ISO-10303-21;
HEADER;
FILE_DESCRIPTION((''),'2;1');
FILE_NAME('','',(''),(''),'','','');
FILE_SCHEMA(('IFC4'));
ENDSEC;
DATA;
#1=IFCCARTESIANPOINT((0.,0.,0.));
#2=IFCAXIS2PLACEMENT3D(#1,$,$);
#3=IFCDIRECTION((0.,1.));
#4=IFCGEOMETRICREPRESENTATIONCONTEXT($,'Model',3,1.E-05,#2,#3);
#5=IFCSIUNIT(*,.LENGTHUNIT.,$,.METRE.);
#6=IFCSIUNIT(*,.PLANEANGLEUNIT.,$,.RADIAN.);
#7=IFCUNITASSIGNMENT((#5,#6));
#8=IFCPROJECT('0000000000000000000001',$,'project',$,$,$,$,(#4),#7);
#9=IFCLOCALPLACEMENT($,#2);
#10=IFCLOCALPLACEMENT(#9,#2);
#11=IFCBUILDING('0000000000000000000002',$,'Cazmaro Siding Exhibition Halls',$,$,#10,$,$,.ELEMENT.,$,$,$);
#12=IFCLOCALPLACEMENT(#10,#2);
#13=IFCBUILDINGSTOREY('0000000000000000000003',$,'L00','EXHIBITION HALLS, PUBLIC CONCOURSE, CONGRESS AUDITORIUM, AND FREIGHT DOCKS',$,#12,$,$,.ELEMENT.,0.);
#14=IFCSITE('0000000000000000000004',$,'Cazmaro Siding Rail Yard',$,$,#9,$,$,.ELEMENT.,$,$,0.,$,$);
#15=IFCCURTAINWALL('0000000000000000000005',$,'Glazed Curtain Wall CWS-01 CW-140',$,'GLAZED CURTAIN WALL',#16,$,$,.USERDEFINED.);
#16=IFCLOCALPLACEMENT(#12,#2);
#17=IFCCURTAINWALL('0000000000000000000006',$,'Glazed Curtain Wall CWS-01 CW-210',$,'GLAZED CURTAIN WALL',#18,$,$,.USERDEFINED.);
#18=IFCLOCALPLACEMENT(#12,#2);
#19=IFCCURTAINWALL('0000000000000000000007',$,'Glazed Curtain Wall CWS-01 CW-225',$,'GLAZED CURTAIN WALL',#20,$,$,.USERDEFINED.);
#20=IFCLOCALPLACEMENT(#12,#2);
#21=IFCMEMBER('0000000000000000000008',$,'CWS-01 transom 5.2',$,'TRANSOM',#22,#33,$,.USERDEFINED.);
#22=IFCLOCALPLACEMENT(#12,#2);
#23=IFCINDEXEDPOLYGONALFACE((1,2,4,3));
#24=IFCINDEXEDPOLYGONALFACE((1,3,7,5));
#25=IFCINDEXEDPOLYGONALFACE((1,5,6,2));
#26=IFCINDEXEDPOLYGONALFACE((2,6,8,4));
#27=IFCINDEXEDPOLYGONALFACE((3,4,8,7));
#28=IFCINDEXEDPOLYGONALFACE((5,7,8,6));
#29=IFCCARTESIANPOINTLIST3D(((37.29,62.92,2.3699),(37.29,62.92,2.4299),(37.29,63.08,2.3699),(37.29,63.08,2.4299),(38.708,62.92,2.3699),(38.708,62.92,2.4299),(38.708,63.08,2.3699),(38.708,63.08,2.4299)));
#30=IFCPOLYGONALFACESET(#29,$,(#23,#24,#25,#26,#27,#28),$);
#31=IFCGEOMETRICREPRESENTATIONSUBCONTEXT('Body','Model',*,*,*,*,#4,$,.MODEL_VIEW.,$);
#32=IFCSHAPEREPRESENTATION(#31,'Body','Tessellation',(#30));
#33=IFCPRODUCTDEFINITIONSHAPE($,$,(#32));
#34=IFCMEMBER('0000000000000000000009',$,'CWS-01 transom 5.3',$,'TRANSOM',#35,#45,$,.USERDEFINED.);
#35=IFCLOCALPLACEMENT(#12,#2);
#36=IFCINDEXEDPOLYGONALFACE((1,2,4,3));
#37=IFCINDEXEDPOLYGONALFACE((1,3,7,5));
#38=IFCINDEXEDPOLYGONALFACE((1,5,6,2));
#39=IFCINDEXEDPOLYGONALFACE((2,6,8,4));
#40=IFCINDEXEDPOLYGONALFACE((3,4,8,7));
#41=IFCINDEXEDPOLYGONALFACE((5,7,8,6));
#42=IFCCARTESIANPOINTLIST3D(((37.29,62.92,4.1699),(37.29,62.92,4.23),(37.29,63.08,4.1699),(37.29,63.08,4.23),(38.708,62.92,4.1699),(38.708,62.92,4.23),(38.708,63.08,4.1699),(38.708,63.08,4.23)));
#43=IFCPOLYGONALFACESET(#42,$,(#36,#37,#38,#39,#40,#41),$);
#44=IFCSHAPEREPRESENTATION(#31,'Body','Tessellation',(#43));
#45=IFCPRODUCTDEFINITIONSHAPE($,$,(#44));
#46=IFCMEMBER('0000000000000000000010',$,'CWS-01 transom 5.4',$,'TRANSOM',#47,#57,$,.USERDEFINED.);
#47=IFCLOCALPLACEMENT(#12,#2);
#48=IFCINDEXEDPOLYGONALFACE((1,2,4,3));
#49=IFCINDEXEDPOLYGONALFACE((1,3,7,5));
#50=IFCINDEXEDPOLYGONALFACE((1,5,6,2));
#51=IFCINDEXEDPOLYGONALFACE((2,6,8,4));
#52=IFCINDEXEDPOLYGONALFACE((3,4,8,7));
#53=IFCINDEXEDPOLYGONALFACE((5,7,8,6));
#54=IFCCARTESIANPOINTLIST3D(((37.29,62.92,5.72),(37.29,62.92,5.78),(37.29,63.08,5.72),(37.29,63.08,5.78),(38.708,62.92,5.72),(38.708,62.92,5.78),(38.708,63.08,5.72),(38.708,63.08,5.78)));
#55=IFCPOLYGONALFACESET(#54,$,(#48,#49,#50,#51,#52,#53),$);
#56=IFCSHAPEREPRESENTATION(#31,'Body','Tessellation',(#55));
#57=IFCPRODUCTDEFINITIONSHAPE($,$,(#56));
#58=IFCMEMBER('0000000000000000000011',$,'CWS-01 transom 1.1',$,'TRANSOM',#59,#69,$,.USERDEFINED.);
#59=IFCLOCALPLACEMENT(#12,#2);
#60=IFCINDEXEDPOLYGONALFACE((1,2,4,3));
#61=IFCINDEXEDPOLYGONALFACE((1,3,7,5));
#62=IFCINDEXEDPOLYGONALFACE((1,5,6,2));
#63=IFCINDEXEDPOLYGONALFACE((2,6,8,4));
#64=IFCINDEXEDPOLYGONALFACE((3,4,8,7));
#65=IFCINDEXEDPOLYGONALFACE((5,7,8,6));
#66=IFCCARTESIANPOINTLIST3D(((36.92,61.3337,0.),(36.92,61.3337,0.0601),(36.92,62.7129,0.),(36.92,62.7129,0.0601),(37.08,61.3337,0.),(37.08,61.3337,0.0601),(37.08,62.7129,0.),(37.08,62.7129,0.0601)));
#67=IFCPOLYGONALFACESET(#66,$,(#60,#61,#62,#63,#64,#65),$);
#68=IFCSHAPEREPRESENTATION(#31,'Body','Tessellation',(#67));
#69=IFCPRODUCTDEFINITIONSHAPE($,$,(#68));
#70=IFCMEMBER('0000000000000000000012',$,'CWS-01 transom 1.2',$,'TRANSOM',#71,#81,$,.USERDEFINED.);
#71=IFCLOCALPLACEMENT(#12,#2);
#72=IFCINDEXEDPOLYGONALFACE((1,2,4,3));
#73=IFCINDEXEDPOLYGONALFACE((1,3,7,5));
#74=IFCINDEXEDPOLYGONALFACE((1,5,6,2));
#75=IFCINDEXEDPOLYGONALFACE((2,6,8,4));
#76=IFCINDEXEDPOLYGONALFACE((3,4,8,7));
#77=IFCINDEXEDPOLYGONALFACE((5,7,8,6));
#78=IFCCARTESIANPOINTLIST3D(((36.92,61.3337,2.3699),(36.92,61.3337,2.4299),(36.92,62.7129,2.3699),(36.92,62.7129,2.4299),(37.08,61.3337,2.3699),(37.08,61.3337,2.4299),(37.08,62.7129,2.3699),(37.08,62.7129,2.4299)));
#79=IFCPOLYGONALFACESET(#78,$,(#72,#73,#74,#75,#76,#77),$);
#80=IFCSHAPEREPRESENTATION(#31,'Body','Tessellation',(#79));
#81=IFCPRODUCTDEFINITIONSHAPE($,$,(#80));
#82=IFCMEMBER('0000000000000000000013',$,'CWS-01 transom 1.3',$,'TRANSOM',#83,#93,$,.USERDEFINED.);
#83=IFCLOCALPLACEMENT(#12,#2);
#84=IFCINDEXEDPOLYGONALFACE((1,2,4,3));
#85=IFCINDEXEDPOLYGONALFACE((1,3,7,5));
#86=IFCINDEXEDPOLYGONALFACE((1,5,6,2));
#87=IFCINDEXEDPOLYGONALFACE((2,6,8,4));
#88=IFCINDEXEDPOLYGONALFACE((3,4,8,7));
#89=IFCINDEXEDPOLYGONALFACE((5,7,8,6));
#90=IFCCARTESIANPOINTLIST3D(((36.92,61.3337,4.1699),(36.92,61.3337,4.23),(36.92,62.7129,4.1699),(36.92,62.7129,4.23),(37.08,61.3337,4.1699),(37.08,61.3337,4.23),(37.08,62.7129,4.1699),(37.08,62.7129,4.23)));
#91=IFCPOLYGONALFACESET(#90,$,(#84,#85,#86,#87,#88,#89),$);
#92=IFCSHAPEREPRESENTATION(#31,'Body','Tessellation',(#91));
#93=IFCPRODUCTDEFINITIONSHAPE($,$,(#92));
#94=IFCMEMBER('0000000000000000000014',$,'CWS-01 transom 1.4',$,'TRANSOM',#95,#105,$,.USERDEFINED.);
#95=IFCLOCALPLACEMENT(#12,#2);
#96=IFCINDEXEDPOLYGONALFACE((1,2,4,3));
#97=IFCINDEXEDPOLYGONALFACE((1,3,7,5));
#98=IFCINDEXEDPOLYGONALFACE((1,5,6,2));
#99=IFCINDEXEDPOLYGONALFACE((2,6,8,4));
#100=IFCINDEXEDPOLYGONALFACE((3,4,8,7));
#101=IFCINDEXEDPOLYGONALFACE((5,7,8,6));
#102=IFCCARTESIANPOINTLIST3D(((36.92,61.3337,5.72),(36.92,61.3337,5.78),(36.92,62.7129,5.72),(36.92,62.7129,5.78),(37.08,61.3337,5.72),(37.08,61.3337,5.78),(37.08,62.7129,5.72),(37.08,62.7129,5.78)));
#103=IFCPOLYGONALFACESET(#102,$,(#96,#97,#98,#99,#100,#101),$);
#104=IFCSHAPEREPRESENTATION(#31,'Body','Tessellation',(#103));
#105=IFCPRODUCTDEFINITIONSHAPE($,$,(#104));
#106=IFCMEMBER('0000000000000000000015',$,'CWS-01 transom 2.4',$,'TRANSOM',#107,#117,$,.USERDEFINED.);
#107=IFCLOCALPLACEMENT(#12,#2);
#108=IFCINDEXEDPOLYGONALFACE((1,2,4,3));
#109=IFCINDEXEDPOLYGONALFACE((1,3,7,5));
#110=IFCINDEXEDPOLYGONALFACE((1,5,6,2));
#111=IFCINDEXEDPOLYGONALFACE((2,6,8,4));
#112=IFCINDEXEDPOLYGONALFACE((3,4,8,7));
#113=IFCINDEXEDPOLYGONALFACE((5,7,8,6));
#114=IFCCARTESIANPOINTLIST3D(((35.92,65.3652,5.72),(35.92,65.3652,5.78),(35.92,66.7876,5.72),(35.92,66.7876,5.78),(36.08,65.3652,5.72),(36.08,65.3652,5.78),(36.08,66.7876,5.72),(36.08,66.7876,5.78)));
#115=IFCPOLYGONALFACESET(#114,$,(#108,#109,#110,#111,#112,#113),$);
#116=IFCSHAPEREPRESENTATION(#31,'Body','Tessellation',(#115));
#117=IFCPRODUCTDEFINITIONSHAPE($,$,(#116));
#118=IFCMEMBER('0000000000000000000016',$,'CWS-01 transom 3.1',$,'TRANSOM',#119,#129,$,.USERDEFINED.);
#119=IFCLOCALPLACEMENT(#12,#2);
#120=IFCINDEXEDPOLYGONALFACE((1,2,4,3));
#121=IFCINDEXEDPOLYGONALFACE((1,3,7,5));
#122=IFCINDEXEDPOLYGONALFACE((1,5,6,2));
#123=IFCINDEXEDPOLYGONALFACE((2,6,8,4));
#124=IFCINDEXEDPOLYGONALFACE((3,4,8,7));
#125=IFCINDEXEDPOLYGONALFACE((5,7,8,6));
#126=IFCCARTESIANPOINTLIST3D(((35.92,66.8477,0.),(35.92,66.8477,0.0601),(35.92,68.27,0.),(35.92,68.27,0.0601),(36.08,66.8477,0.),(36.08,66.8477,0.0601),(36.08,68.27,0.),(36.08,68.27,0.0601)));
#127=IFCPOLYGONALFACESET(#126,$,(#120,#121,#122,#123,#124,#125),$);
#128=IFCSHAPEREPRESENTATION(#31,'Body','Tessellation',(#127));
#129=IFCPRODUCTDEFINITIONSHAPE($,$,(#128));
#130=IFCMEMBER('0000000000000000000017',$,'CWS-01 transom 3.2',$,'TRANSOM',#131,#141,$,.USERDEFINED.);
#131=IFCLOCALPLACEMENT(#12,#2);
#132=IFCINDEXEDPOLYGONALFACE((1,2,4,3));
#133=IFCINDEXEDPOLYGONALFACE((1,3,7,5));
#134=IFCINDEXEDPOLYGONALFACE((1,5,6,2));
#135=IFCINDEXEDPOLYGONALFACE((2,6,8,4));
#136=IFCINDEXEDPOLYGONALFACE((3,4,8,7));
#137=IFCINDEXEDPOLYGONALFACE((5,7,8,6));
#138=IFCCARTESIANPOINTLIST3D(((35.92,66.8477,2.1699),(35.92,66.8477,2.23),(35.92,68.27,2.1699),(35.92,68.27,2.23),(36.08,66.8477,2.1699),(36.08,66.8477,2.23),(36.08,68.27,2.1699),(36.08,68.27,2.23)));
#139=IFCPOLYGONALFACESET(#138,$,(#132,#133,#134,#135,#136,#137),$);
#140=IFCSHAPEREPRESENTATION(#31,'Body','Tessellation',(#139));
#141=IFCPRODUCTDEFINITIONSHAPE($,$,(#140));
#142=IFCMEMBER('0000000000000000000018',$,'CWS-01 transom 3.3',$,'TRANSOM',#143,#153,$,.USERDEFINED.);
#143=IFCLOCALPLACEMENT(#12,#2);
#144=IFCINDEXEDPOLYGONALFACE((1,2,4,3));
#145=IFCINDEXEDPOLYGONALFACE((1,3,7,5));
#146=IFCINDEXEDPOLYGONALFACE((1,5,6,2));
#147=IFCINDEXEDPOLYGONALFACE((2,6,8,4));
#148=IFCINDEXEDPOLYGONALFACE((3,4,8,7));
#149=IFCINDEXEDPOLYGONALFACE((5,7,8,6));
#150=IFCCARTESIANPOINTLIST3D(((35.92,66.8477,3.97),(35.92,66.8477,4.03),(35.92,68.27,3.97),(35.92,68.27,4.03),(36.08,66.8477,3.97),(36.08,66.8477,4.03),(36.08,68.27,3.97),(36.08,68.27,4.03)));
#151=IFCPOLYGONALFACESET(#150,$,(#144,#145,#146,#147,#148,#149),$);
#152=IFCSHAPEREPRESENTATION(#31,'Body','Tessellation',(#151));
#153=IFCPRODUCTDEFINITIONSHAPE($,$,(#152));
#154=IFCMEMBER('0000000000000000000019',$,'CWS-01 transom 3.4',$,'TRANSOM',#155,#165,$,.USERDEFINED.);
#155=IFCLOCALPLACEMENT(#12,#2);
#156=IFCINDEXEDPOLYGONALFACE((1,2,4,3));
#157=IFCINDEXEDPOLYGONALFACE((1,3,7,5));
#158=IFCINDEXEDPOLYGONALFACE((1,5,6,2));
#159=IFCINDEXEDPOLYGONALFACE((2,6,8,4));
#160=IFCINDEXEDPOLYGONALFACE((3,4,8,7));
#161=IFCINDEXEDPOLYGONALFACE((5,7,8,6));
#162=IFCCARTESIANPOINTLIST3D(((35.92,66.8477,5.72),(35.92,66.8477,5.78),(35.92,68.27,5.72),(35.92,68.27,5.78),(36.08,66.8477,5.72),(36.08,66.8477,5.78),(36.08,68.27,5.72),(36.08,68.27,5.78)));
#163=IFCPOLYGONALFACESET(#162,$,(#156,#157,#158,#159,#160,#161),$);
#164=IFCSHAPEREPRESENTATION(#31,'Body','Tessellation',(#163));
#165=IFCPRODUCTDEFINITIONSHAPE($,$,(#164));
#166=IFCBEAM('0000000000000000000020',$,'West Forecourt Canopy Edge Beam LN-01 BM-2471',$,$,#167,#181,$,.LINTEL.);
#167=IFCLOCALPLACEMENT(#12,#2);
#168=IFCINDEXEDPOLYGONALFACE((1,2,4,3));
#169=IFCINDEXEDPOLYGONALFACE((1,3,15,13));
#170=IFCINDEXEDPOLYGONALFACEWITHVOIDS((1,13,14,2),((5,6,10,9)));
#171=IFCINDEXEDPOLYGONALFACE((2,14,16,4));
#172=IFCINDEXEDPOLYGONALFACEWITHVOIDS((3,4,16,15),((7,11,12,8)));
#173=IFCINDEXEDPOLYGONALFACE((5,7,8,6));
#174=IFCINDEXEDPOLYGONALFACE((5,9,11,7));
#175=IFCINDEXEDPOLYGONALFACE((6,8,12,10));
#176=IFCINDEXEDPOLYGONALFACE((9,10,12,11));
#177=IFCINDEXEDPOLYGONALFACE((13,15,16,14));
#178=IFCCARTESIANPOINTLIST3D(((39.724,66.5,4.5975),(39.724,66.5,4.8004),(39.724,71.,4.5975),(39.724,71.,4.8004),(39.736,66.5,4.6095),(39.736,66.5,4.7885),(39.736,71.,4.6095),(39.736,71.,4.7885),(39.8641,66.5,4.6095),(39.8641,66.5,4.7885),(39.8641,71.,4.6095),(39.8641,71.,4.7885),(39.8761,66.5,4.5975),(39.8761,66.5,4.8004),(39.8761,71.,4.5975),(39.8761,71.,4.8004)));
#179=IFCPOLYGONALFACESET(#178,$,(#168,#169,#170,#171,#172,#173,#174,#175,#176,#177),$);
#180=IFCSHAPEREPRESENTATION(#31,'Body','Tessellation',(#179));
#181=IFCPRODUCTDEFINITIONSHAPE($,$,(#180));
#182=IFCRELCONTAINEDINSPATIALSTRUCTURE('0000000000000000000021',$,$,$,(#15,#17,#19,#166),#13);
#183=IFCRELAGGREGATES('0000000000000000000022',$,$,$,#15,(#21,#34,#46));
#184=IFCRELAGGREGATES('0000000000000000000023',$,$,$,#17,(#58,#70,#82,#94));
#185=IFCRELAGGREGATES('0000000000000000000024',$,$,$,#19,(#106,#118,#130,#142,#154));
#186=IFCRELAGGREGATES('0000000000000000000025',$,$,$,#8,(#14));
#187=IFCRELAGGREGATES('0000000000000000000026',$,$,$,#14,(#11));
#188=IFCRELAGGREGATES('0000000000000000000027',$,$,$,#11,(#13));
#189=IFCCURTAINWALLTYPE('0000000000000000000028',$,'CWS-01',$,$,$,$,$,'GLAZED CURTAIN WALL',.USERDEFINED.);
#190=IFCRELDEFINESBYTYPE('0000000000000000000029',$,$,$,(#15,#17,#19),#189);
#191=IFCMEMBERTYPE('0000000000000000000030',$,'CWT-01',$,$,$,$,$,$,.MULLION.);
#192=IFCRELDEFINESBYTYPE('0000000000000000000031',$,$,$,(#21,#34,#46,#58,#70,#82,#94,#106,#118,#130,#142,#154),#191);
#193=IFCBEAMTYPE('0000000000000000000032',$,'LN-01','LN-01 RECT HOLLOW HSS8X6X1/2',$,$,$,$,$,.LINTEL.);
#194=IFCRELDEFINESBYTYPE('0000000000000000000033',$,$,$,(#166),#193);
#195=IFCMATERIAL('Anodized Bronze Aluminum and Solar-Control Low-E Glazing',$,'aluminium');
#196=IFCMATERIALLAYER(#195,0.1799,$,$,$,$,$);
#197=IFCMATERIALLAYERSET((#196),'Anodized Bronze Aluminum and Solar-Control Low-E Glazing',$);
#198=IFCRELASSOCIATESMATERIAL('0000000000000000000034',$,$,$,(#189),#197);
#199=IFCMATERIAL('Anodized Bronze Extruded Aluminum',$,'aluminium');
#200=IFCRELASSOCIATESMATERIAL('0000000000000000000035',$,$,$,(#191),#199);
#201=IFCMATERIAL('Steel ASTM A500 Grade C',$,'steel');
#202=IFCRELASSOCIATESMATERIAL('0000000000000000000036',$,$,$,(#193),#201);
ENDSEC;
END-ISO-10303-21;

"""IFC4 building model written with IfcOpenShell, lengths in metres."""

from ifc_helpers import new_model, si_unit, direction, frame, origin, origin_2d, place, context, subcontext, project, spatial, rectangle, hollow_rectangle, extrude, material, layer, layer_set, material_profile, profile_set, type_object, element, aggregate, save


model = new_model("IFC4")

# Units and contexts
model_context = context("Model", 3, precision=1e-05, world=origin(), true_north=direction((0.0, 1.0)))
body_context = subcontext(model_context, "Body", "Model", "MODEL_VIEW")
ifc_project = project(units=[si_unit("LENGTHUNIT", "METRE"), si_unit("PLANEANGLEUNIT", "RADIAN")], contexts=[model_context])

# Site, building, storey
site_placement = place(None, origin())
site = spatial("IfcSite", under=ifc_project, at=site_placement, Name="Cazmaro Siding Rail Yard", CompositionType="ELEMENT", RefElevation=0.0)
building_placement = place(site_placement, origin())
building = spatial("IfcBuilding", under=site, at=building_placement, Name="Cazmaro Siding Exhibition Halls", CompositionType="ELEMENT")
storey_placement = place(building_placement, origin())
storey = spatial("IfcBuildingStorey", under=building, at=storey_placement, Name="L00", Description="EXHIBITION HALLS, PUBLIC CONCOURSE, CONGRESS AUDITORIUM, AND FREIGHT DOCKS", CompositionType="ELEMENT", Elevation=0.0)

# Curtain wall
ifc_material_1 = material(Name="Anodized Bronze Aluminum and Solar-Control Low-E Glazing", Category="aluminium")
ifc_layer_1 = layer(ifc_material_1, 0.1799)
ifc_layer_set_1 = layer_set([ifc_layer_1], Name="Anodized Bronze Aluminum and Solar-Control Low-E Glazing")
curtain_wall_type = type_object("IfcCurtainWallType", Name="CWS-01", ElementType="GLAZED CURTAIN WALL", PredefinedType="USERDEFINED", material=ifc_layer_set_1)
curtain_wall_1_placement = place(storey_placement, origin())
curtain_wall_1 = element("IfcCurtainWall", 1, at=curtain_wall_1_placement, inside=storey, type_object=curtain_wall_type, Name="Glazed Curtain Wall CWS-01 CW-140", ObjectType="GLAZED CURTAIN WALL", PredefinedType="USERDEFINED")

# Curtain walls
curtain_wall_2_placement = place(storey_placement, origin())
curtain_wall_2 = element("IfcCurtainWall", 2, at=curtain_wall_2_placement, inside=storey, type_object=curtain_wall_type, Name="Glazed Curtain Wall CWS-01 CW-210", ObjectType="GLAZED CURTAIN WALL", PredefinedType="USERDEFINED")
curtain_wall_3_placement = place(storey_placement, origin())
curtain_wall_3 = element("IfcCurtainWall", 3, at=curtain_wall_3_placement, inside=storey, type_object=curtain_wall_type, Name="Glazed Curtain Wall CWS-01 CW-225", ObjectType="GLAZED CURTAIN WALL", PredefinedType="USERDEFINED")

# Members
ifc_material_2 = material(Name="Anodized Bronze Extruded Aluminum", Category="aluminium")
ifc_material_profile_1 = material_profile(ifc_material_2, rectangle(XDim=0.1599, YDim=0.0601, at=origin_2d()), Name="CWT-01")
ifc_profile_set_1 = profile_set([ifc_material_profile_1], Name="Anodized Bronze Extruded Aluminum")
member_type_1 = type_object("IfcMemberType", Name="CWT-01", PredefinedType="MULLION", material=ifc_profile_set_1)
member_1_placement = place(storey_placement, frame((38.708, 63.0, 2.3999), z_axis=(-1.0, 0.0, 0.0), x_axis=(0.0, -1.0, 0.0)))
member_1 = element("IfcMember", 4, at=member_1_placement, type_object=member_type_1, Name="CWS-01 transom 5.2", ObjectType="TRANSOM", PredefinedType="USERDEFINED", context=body_context, shape_type="SweptSolid", body=[
    extrude(rectangle(XDim=0.1599, YDim=0.0601, at=origin_2d()), origin(), (0.0, 0.0, 1.0), 1.418),
])
member_2_placement = place(storey_placement, frame((38.708, 63.0, 4.2), z_axis=(-1.0, 0.0, 0.0), x_axis=(0.0, -1.0, 0.0)))
member_2 = element("IfcMember", 5, at=member_2_placement, type_object=member_type_1, Name="CWS-01 transom 5.3", ObjectType="TRANSOM", PredefinedType="USERDEFINED", context=body_context, shape_type="SweptSolid", body=[
    extrude(rectangle(XDim=0.1599, YDim=0.0601, at=origin_2d()), origin(), (0.0, 0.0, 1.0), 1.418),
])
member_3_placement = place(storey_placement, frame((38.708, 63.0, 5.75), z_axis=(-1.0, 0.0, 0.0), x_axis=(0.0, -1.0, 0.0)))
member_3 = element("IfcMember", 6, at=member_3_placement, type_object=member_type_1, Name="CWS-01 transom 5.4", ObjectType="TRANSOM", PredefinedType="USERDEFINED", context=body_context, shape_type="SweptSolid", body=[
    extrude(rectangle(XDim=0.1599, YDim=0.0601, at=origin_2d()), origin(), (0.0, 0.0, 1.0), 1.418),
])
member_4_placement = place(storey_placement, frame((37.0, 62.7129, 0.03), z_axis=(0.0, -1.0, 0.0), x_axis=(1.0, 0.0, 0.0)))
member_4 = element("IfcMember", 7, at=member_4_placement, type_object=member_type_1, Name="CWS-01 transom 1.1", ObjectType="TRANSOM", PredefinedType="USERDEFINED", context=body_context, shape_type="SweptSolid", body=[
    extrude(rectangle(XDim=0.1599, YDim=0.0601, at=origin_2d()), origin(), (0.0, 0.0, 1.0), 1.3792),
])
member_5_placement = place(storey_placement, frame((37.0, 62.7129, 2.3999), z_axis=(0.0, -1.0, 0.0), x_axis=(1.0, 0.0, 0.0)))
member_5 = element("IfcMember", 8, at=member_5_placement, type_object=member_type_1, Name="CWS-01 transom 1.2", ObjectType="TRANSOM", PredefinedType="USERDEFINED", context=body_context, shape_type="SweptSolid", body=[
    extrude(rectangle(XDim=0.1599, YDim=0.0601, at=origin_2d()), origin(), (0.0, 0.0, 1.0), 1.3792),
])
member_6_placement = place(storey_placement, frame((37.0, 62.7129, 4.2), z_axis=(0.0, -1.0, 0.0), x_axis=(1.0, 0.0, 0.0)))
member_6 = element("IfcMember", 9, at=member_6_placement, type_object=member_type_1, Name="CWS-01 transom 1.3", ObjectType="TRANSOM", PredefinedType="USERDEFINED", context=body_context, shape_type="SweptSolid", body=[
    extrude(rectangle(XDim=0.1599, YDim=0.0601, at=origin_2d()), origin(), (0.0, 0.0, 1.0), 1.3792),
])
member_7_placement = place(storey_placement, frame((37.0, 62.7129, 5.75), z_axis=(0.0, -1.0, 0.0), x_axis=(1.0, 0.0, 0.0)))
member_7 = element("IfcMember", 10, at=member_7_placement, type_object=member_type_1, Name="CWS-01 transom 1.4", ObjectType="TRANSOM", PredefinedType="USERDEFINED", context=body_context, shape_type="SweptSolid", body=[
    extrude(rectangle(XDim=0.1599, YDim=0.0601, at=origin_2d()), origin(), (0.0, 0.0, 1.0), 1.3792),
])
member_8_placement = place(storey_placement, frame((36.0, 65.3652, 5.75), z_axis=(0.0, 1.0, 0.0), x_axis=(-1.0, 0.0, 0.0)))
member_8 = element("IfcMember", 11, at=member_8_placement, type_object=member_type_1, Name="CWS-01 transom 2.4", ObjectType="TRANSOM", PredefinedType="USERDEFINED", context=body_context, shape_type="SweptSolid", body=[
    extrude(rectangle(XDim=0.1599, YDim=0.0601, at=origin_2d()), origin(), (0.0, 0.0, 1.0), 1.4224),
])
member_9_placement = place(storey_placement, frame((36.0, 66.8477, 0.03), z_axis=(0.0, 1.0, 0.0), x_axis=(-1.0, 0.0, 0.0)))
member_9 = element("IfcMember", 12, at=member_9_placement, type_object=member_type_1, Name="CWS-01 transom 3.1", ObjectType="TRANSOM", PredefinedType="USERDEFINED", context=body_context, shape_type="SweptSolid", body=[
    extrude(rectangle(XDim=0.1599, YDim=0.0601, at=origin_2d()), origin(), (0.0, 0.0, 1.0), 1.4224),
])
member_10_placement = place(storey_placement, frame((36.0, 66.8477, 2.2), z_axis=(0.0, 1.0, 0.0), x_axis=(-1.0, 0.0, 0.0)))
member_10 = element("IfcMember", 13, at=member_10_placement, type_object=member_type_1, Name="CWS-01 transom 3.2", ObjectType="TRANSOM", PredefinedType="USERDEFINED", context=body_context, shape_type="SweptSolid", body=[
    extrude(rectangle(XDim=0.1599, YDim=0.0601, at=origin_2d()), origin(), (0.0, 0.0, 1.0), 1.4224),
])
member_11_placement = place(storey_placement, frame((36.0, 66.8477, 4.0), z_axis=(0.0, 1.0, 0.0), x_axis=(-1.0, 0.0, 0.0)))
member_11 = element("IfcMember", 14, at=member_11_placement, type_object=member_type_1, Name="CWS-01 transom 3.3", ObjectType="TRANSOM", PredefinedType="USERDEFINED", context=body_context, shape_type="SweptSolid", body=[
    extrude(rectangle(XDim=0.1599, YDim=0.0601, at=origin_2d()), origin(), (0.0, 0.0, 1.0), 1.4224),
])
member_12_placement = place(storey_placement, frame((36.0, 66.8477, 5.75), z_axis=(0.0, 1.0, 0.0), x_axis=(-1.0, 0.0, 0.0)))
member_12 = element("IfcMember", 15, at=member_12_placement, type_object=member_type_1, Name="CWS-01 transom 3.4", ObjectType="TRANSOM", PredefinedType="USERDEFINED", context=body_context, shape_type="SweptSolid", body=[
    extrude(rectangle(XDim=0.1599, YDim=0.0601, at=origin_2d()), origin(), (0.0, 0.0, 1.0), 1.4224),
])

# Beam
ifc_material_3 = material(Name="Steel ASTM A500 Grade C", Category="steel")
ifc_material_profile_2 = material_profile(ifc_material_3, hollow_rectangle(XDim=0.1521, YDim=0.2029, WallThickness=0.012, at=origin_2d()), Name="HSS8X6X1/2")
ifc_profile_set_2 = profile_set([ifc_material_profile_2], Name="Steel ASTM A500 Grade C")
beam_type_1 = type_object("IfcBeamType", Name="LN-01", Description="LN-01 RECT HOLLOW HSS8X6X1/2", PredefinedType="LINTEL", material=ifc_profile_set_2)
beam_1_placement = place(storey_placement, frame((39.8, 66.5, 4.699), z_axis=(0.0, 1.0, 0.0), x_axis=(-1.0, 0.0, 0.0)))
element("IfcBeam", 16, at=beam_1_placement, inside=storey, type_object=beam_type_1, Name="West Forecourt Canopy Edge Beam LN-01 BM-2471", PredefinedType="LINTEL", context=body_context, shape_type="SweptSolid", body=[
    extrude(hollow_rectangle(XDim=0.1521, YDim=0.2029, WallThickness=0.012, at=origin_2d()), origin(), (0.0, 0.0, 1.0), 4.5),
])

aggregate(curtain_wall_1, [member_1, member_2, member_3])
aggregate(curtain_wall_2, [member_4, member_5, member_6, member_7])
aggregate(curtain_wall_3, [member_8, member_9, member_10, member_11, member_12])

save(model, "model.ifc")
